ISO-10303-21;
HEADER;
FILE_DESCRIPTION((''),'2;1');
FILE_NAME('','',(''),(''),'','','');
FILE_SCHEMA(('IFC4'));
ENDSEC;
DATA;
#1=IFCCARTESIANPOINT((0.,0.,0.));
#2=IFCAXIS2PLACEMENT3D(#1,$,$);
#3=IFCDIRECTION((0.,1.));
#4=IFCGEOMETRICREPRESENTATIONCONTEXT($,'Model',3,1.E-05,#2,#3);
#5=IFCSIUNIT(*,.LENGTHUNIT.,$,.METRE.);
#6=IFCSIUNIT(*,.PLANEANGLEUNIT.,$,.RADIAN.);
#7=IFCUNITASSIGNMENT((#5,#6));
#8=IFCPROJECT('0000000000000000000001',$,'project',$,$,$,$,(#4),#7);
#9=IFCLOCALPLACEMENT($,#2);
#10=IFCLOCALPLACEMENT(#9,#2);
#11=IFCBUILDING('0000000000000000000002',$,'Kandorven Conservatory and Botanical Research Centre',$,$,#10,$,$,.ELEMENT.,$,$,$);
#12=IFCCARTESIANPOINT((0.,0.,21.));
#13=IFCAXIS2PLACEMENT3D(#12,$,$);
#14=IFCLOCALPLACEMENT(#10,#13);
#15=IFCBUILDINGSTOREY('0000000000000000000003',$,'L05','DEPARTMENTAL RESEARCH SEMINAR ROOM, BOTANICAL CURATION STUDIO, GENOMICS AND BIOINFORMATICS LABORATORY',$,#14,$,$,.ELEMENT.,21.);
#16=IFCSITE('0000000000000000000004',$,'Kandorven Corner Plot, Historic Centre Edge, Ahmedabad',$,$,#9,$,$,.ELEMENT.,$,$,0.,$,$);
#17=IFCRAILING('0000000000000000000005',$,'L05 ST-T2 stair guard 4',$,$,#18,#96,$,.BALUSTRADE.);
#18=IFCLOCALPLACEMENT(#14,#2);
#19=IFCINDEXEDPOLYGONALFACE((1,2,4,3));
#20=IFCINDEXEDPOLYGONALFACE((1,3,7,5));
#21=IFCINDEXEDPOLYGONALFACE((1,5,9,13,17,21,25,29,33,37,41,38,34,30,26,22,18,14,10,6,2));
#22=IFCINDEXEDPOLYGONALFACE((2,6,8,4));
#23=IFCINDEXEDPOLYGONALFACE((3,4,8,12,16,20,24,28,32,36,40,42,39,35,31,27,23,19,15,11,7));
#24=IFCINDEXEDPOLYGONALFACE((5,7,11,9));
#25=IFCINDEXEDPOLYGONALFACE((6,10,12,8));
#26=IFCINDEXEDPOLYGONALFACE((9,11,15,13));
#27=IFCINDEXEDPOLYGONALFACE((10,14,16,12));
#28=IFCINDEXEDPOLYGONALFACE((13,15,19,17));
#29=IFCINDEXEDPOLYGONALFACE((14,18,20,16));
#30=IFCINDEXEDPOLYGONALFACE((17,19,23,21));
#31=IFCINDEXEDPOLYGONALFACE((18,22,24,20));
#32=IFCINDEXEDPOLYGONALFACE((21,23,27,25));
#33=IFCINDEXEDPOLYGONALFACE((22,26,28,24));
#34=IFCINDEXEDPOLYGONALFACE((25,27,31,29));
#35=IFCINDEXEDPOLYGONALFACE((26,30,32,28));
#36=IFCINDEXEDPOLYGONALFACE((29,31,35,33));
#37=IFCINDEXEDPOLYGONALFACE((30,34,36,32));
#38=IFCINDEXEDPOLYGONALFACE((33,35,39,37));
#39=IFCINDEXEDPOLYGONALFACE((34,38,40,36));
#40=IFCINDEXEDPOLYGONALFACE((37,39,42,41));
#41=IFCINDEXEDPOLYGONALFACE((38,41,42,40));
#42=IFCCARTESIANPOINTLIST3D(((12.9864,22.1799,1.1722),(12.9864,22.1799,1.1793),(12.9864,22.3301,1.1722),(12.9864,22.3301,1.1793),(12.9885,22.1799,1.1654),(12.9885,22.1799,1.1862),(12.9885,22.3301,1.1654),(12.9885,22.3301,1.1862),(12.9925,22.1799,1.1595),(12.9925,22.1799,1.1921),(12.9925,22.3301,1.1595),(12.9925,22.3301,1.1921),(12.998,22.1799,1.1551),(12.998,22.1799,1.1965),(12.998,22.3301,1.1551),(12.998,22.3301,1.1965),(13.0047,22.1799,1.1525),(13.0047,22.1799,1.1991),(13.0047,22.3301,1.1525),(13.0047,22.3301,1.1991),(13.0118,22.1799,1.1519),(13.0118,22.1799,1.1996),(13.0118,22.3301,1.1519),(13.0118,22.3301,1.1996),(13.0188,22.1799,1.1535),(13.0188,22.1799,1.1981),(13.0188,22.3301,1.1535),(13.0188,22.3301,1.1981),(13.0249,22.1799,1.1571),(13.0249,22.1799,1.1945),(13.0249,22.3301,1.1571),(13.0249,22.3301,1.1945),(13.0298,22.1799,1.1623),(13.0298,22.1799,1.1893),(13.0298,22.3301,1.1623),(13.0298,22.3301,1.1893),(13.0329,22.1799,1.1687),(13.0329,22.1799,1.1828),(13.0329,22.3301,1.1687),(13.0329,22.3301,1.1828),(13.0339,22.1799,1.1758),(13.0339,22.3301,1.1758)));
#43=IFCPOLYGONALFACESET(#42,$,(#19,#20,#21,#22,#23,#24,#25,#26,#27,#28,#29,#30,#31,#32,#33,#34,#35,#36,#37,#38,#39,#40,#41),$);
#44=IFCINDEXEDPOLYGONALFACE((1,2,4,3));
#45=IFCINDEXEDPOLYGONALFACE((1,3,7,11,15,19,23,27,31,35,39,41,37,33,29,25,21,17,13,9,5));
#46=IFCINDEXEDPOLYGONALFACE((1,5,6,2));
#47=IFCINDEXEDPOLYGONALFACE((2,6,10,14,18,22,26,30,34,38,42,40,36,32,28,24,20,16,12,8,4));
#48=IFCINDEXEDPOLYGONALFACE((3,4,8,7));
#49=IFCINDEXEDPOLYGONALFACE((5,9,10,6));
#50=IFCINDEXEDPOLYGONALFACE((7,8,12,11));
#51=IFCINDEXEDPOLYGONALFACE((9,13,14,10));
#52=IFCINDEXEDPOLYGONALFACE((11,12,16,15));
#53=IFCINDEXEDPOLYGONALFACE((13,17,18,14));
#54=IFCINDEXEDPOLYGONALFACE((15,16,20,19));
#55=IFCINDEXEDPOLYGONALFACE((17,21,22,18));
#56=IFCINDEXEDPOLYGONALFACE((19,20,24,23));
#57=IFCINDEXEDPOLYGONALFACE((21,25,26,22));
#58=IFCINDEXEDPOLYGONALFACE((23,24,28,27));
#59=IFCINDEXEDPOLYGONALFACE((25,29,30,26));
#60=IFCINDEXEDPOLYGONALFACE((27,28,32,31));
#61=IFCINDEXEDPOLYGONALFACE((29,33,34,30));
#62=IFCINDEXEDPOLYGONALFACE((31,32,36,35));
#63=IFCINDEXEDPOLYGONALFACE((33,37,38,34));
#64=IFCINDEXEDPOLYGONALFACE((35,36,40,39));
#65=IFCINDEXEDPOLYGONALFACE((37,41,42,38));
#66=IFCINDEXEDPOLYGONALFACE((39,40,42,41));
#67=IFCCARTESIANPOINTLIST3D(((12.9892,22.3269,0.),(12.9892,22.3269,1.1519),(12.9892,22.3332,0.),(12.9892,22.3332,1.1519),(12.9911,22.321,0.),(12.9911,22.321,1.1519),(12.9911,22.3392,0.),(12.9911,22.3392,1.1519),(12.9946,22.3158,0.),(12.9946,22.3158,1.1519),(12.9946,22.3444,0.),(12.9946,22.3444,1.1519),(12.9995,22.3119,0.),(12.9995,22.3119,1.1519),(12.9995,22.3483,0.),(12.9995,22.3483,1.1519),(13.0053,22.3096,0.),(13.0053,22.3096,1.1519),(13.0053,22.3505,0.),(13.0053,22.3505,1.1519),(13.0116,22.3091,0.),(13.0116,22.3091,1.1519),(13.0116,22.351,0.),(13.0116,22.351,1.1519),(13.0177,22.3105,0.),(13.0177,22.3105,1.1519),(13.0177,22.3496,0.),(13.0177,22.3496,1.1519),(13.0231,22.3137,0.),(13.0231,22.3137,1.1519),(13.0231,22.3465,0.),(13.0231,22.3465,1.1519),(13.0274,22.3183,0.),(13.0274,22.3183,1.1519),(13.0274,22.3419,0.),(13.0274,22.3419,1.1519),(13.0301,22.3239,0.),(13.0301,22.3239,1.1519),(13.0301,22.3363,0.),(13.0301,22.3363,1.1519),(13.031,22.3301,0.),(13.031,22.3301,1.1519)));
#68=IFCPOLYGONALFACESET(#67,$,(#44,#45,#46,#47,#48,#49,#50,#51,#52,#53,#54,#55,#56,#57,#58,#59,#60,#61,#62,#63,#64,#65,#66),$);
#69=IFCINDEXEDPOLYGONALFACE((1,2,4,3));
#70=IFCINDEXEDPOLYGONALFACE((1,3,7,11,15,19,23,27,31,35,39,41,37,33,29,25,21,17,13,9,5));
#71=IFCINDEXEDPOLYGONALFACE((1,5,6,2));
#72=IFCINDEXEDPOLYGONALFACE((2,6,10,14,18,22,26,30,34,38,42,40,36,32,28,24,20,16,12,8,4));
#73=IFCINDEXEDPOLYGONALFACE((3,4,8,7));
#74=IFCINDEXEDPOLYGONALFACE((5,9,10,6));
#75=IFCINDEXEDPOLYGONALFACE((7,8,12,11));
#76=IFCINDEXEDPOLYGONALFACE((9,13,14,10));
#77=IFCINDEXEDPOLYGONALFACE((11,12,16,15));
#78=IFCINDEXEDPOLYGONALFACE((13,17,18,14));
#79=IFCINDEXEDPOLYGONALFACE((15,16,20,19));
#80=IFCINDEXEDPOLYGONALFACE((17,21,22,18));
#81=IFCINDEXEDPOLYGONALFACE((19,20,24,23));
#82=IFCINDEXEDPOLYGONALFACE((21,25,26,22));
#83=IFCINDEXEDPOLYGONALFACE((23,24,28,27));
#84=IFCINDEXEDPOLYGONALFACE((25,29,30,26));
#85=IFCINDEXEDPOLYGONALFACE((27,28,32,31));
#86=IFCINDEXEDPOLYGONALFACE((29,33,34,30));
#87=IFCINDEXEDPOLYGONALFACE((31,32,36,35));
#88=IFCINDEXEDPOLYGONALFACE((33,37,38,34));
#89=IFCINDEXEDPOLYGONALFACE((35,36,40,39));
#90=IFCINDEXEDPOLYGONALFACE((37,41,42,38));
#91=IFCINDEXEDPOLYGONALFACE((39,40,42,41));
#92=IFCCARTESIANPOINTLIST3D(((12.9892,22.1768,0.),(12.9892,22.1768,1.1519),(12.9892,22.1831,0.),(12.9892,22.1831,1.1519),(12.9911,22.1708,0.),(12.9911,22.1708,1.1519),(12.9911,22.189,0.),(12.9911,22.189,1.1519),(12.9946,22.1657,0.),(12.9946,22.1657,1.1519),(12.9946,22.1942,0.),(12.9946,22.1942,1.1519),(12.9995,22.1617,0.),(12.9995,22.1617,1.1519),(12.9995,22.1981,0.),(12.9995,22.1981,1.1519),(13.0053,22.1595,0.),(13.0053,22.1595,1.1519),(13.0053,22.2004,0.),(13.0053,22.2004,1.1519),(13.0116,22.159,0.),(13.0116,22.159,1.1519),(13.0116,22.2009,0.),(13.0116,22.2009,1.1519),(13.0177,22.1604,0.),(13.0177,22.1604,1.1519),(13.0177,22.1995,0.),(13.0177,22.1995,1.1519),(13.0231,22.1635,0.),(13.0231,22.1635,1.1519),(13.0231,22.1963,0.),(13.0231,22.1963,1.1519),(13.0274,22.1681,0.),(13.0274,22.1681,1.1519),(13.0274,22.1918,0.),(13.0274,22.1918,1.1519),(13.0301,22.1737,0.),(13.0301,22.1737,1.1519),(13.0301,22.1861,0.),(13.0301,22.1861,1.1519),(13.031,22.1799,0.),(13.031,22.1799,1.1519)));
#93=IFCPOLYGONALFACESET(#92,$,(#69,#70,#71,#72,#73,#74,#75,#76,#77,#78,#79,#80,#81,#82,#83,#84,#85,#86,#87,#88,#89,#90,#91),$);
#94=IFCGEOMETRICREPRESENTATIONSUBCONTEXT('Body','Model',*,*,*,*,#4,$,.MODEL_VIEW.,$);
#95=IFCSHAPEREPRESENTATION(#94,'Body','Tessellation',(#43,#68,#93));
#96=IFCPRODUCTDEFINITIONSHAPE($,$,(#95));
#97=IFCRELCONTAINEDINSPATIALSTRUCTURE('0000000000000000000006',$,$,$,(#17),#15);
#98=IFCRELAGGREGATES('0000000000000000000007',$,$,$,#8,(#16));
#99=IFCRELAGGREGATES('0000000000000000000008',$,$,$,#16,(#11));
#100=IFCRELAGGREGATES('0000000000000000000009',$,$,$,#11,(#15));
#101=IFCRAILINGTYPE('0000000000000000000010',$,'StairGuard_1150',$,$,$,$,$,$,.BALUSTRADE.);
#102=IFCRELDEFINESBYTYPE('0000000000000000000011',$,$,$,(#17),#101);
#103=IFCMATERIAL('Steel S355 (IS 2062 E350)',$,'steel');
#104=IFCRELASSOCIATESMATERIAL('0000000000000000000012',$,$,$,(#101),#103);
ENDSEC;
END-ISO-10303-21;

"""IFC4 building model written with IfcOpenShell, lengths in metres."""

from ifc_helpers import new_model, si_unit, direction, frame, origin, origin_2d, place, context, subcontext, project, spatial, circle, extrude, material, type_object, element, save


model = new_model("IFC4")

# Units and contexts
model_context = context("Model", 3, precision=1e-05, world=origin(), true_north=direction((0.0, 1.0)))
body_context = subcontext(model_context, "Body", "Model", "MODEL_VIEW")
ifc_project = project(units=[si_unit("LENGTHUNIT", "METRE"), si_unit("PLANEANGLEUNIT", "RADIAN")], contexts=[model_context])

# Site, building, storey
site_placement = place(None, origin())
site = spatial("IfcSite", under=ifc_project, at=site_placement, Name="Kandorven Corner Plot, Historic Centre Edge, Ahmedabad", CompositionType="ELEMENT", RefElevation=0.0)
building_placement = place(site_placement, origin())
building = spatial("IfcBuilding", under=site, at=building_placement, Name="Kandorven Conservatory and Botanical Research Centre", CompositionType="ELEMENT")
storey_placement = place(building_placement, frame((0.0, 0.0, 21.0)))
storey = spatial("IfcBuildingStorey", under=building, at=storey_placement, Name="L05", Description="DEPARTMENTAL RESEARCH SEMINAR ROOM, BOTANICAL CURATION STUDIO, GENOMICS AND BIOINFORMATICS LABORATORY", CompositionType="ELEMENT", Elevation=21.0)

# Railing
ifc_material_1 = material(Name="Steel S355 (IS 2062 E350)", Category="steel")
railing_type_1 = type_object("IfcRailingType", Name="StairGuard_1150", PredefinedType="BALUSTRADE", material=ifc_material_1)
railing_1_placement = place(storey_placement, frame((13.01, 22.3301, 0.0)))
element("IfcRailing", 1, at=railing_1_placement, inside=storey, type_object=railing_type_1, Name="L05 ST-T2 stair guard 4", PredefinedType="BALUSTRADE", context=body_context, shape_type="SweptSolid", body=[
    extrude(circle(Radius=0.0239, at=origin_2d()), frame((0.0, 0.0, 1.1758), z_axis=(0.0, -1.0, 0.0), x_axis=(1.0, 0.0, 0.0)), (0.0, 0.0, 1.0), 0.1501),
    extrude(circle(Radius=0.021, at=origin_2d()), origin(), (0.0, 0.0, 1.0), 1.1519),
    extrude(circle(Radius=0.021, at=origin_2d()), frame((0.0, -0.1501, 0.0)), (0.0, 0.0, 1.0), 1.1519),
])

save(model, "model.ifc")
